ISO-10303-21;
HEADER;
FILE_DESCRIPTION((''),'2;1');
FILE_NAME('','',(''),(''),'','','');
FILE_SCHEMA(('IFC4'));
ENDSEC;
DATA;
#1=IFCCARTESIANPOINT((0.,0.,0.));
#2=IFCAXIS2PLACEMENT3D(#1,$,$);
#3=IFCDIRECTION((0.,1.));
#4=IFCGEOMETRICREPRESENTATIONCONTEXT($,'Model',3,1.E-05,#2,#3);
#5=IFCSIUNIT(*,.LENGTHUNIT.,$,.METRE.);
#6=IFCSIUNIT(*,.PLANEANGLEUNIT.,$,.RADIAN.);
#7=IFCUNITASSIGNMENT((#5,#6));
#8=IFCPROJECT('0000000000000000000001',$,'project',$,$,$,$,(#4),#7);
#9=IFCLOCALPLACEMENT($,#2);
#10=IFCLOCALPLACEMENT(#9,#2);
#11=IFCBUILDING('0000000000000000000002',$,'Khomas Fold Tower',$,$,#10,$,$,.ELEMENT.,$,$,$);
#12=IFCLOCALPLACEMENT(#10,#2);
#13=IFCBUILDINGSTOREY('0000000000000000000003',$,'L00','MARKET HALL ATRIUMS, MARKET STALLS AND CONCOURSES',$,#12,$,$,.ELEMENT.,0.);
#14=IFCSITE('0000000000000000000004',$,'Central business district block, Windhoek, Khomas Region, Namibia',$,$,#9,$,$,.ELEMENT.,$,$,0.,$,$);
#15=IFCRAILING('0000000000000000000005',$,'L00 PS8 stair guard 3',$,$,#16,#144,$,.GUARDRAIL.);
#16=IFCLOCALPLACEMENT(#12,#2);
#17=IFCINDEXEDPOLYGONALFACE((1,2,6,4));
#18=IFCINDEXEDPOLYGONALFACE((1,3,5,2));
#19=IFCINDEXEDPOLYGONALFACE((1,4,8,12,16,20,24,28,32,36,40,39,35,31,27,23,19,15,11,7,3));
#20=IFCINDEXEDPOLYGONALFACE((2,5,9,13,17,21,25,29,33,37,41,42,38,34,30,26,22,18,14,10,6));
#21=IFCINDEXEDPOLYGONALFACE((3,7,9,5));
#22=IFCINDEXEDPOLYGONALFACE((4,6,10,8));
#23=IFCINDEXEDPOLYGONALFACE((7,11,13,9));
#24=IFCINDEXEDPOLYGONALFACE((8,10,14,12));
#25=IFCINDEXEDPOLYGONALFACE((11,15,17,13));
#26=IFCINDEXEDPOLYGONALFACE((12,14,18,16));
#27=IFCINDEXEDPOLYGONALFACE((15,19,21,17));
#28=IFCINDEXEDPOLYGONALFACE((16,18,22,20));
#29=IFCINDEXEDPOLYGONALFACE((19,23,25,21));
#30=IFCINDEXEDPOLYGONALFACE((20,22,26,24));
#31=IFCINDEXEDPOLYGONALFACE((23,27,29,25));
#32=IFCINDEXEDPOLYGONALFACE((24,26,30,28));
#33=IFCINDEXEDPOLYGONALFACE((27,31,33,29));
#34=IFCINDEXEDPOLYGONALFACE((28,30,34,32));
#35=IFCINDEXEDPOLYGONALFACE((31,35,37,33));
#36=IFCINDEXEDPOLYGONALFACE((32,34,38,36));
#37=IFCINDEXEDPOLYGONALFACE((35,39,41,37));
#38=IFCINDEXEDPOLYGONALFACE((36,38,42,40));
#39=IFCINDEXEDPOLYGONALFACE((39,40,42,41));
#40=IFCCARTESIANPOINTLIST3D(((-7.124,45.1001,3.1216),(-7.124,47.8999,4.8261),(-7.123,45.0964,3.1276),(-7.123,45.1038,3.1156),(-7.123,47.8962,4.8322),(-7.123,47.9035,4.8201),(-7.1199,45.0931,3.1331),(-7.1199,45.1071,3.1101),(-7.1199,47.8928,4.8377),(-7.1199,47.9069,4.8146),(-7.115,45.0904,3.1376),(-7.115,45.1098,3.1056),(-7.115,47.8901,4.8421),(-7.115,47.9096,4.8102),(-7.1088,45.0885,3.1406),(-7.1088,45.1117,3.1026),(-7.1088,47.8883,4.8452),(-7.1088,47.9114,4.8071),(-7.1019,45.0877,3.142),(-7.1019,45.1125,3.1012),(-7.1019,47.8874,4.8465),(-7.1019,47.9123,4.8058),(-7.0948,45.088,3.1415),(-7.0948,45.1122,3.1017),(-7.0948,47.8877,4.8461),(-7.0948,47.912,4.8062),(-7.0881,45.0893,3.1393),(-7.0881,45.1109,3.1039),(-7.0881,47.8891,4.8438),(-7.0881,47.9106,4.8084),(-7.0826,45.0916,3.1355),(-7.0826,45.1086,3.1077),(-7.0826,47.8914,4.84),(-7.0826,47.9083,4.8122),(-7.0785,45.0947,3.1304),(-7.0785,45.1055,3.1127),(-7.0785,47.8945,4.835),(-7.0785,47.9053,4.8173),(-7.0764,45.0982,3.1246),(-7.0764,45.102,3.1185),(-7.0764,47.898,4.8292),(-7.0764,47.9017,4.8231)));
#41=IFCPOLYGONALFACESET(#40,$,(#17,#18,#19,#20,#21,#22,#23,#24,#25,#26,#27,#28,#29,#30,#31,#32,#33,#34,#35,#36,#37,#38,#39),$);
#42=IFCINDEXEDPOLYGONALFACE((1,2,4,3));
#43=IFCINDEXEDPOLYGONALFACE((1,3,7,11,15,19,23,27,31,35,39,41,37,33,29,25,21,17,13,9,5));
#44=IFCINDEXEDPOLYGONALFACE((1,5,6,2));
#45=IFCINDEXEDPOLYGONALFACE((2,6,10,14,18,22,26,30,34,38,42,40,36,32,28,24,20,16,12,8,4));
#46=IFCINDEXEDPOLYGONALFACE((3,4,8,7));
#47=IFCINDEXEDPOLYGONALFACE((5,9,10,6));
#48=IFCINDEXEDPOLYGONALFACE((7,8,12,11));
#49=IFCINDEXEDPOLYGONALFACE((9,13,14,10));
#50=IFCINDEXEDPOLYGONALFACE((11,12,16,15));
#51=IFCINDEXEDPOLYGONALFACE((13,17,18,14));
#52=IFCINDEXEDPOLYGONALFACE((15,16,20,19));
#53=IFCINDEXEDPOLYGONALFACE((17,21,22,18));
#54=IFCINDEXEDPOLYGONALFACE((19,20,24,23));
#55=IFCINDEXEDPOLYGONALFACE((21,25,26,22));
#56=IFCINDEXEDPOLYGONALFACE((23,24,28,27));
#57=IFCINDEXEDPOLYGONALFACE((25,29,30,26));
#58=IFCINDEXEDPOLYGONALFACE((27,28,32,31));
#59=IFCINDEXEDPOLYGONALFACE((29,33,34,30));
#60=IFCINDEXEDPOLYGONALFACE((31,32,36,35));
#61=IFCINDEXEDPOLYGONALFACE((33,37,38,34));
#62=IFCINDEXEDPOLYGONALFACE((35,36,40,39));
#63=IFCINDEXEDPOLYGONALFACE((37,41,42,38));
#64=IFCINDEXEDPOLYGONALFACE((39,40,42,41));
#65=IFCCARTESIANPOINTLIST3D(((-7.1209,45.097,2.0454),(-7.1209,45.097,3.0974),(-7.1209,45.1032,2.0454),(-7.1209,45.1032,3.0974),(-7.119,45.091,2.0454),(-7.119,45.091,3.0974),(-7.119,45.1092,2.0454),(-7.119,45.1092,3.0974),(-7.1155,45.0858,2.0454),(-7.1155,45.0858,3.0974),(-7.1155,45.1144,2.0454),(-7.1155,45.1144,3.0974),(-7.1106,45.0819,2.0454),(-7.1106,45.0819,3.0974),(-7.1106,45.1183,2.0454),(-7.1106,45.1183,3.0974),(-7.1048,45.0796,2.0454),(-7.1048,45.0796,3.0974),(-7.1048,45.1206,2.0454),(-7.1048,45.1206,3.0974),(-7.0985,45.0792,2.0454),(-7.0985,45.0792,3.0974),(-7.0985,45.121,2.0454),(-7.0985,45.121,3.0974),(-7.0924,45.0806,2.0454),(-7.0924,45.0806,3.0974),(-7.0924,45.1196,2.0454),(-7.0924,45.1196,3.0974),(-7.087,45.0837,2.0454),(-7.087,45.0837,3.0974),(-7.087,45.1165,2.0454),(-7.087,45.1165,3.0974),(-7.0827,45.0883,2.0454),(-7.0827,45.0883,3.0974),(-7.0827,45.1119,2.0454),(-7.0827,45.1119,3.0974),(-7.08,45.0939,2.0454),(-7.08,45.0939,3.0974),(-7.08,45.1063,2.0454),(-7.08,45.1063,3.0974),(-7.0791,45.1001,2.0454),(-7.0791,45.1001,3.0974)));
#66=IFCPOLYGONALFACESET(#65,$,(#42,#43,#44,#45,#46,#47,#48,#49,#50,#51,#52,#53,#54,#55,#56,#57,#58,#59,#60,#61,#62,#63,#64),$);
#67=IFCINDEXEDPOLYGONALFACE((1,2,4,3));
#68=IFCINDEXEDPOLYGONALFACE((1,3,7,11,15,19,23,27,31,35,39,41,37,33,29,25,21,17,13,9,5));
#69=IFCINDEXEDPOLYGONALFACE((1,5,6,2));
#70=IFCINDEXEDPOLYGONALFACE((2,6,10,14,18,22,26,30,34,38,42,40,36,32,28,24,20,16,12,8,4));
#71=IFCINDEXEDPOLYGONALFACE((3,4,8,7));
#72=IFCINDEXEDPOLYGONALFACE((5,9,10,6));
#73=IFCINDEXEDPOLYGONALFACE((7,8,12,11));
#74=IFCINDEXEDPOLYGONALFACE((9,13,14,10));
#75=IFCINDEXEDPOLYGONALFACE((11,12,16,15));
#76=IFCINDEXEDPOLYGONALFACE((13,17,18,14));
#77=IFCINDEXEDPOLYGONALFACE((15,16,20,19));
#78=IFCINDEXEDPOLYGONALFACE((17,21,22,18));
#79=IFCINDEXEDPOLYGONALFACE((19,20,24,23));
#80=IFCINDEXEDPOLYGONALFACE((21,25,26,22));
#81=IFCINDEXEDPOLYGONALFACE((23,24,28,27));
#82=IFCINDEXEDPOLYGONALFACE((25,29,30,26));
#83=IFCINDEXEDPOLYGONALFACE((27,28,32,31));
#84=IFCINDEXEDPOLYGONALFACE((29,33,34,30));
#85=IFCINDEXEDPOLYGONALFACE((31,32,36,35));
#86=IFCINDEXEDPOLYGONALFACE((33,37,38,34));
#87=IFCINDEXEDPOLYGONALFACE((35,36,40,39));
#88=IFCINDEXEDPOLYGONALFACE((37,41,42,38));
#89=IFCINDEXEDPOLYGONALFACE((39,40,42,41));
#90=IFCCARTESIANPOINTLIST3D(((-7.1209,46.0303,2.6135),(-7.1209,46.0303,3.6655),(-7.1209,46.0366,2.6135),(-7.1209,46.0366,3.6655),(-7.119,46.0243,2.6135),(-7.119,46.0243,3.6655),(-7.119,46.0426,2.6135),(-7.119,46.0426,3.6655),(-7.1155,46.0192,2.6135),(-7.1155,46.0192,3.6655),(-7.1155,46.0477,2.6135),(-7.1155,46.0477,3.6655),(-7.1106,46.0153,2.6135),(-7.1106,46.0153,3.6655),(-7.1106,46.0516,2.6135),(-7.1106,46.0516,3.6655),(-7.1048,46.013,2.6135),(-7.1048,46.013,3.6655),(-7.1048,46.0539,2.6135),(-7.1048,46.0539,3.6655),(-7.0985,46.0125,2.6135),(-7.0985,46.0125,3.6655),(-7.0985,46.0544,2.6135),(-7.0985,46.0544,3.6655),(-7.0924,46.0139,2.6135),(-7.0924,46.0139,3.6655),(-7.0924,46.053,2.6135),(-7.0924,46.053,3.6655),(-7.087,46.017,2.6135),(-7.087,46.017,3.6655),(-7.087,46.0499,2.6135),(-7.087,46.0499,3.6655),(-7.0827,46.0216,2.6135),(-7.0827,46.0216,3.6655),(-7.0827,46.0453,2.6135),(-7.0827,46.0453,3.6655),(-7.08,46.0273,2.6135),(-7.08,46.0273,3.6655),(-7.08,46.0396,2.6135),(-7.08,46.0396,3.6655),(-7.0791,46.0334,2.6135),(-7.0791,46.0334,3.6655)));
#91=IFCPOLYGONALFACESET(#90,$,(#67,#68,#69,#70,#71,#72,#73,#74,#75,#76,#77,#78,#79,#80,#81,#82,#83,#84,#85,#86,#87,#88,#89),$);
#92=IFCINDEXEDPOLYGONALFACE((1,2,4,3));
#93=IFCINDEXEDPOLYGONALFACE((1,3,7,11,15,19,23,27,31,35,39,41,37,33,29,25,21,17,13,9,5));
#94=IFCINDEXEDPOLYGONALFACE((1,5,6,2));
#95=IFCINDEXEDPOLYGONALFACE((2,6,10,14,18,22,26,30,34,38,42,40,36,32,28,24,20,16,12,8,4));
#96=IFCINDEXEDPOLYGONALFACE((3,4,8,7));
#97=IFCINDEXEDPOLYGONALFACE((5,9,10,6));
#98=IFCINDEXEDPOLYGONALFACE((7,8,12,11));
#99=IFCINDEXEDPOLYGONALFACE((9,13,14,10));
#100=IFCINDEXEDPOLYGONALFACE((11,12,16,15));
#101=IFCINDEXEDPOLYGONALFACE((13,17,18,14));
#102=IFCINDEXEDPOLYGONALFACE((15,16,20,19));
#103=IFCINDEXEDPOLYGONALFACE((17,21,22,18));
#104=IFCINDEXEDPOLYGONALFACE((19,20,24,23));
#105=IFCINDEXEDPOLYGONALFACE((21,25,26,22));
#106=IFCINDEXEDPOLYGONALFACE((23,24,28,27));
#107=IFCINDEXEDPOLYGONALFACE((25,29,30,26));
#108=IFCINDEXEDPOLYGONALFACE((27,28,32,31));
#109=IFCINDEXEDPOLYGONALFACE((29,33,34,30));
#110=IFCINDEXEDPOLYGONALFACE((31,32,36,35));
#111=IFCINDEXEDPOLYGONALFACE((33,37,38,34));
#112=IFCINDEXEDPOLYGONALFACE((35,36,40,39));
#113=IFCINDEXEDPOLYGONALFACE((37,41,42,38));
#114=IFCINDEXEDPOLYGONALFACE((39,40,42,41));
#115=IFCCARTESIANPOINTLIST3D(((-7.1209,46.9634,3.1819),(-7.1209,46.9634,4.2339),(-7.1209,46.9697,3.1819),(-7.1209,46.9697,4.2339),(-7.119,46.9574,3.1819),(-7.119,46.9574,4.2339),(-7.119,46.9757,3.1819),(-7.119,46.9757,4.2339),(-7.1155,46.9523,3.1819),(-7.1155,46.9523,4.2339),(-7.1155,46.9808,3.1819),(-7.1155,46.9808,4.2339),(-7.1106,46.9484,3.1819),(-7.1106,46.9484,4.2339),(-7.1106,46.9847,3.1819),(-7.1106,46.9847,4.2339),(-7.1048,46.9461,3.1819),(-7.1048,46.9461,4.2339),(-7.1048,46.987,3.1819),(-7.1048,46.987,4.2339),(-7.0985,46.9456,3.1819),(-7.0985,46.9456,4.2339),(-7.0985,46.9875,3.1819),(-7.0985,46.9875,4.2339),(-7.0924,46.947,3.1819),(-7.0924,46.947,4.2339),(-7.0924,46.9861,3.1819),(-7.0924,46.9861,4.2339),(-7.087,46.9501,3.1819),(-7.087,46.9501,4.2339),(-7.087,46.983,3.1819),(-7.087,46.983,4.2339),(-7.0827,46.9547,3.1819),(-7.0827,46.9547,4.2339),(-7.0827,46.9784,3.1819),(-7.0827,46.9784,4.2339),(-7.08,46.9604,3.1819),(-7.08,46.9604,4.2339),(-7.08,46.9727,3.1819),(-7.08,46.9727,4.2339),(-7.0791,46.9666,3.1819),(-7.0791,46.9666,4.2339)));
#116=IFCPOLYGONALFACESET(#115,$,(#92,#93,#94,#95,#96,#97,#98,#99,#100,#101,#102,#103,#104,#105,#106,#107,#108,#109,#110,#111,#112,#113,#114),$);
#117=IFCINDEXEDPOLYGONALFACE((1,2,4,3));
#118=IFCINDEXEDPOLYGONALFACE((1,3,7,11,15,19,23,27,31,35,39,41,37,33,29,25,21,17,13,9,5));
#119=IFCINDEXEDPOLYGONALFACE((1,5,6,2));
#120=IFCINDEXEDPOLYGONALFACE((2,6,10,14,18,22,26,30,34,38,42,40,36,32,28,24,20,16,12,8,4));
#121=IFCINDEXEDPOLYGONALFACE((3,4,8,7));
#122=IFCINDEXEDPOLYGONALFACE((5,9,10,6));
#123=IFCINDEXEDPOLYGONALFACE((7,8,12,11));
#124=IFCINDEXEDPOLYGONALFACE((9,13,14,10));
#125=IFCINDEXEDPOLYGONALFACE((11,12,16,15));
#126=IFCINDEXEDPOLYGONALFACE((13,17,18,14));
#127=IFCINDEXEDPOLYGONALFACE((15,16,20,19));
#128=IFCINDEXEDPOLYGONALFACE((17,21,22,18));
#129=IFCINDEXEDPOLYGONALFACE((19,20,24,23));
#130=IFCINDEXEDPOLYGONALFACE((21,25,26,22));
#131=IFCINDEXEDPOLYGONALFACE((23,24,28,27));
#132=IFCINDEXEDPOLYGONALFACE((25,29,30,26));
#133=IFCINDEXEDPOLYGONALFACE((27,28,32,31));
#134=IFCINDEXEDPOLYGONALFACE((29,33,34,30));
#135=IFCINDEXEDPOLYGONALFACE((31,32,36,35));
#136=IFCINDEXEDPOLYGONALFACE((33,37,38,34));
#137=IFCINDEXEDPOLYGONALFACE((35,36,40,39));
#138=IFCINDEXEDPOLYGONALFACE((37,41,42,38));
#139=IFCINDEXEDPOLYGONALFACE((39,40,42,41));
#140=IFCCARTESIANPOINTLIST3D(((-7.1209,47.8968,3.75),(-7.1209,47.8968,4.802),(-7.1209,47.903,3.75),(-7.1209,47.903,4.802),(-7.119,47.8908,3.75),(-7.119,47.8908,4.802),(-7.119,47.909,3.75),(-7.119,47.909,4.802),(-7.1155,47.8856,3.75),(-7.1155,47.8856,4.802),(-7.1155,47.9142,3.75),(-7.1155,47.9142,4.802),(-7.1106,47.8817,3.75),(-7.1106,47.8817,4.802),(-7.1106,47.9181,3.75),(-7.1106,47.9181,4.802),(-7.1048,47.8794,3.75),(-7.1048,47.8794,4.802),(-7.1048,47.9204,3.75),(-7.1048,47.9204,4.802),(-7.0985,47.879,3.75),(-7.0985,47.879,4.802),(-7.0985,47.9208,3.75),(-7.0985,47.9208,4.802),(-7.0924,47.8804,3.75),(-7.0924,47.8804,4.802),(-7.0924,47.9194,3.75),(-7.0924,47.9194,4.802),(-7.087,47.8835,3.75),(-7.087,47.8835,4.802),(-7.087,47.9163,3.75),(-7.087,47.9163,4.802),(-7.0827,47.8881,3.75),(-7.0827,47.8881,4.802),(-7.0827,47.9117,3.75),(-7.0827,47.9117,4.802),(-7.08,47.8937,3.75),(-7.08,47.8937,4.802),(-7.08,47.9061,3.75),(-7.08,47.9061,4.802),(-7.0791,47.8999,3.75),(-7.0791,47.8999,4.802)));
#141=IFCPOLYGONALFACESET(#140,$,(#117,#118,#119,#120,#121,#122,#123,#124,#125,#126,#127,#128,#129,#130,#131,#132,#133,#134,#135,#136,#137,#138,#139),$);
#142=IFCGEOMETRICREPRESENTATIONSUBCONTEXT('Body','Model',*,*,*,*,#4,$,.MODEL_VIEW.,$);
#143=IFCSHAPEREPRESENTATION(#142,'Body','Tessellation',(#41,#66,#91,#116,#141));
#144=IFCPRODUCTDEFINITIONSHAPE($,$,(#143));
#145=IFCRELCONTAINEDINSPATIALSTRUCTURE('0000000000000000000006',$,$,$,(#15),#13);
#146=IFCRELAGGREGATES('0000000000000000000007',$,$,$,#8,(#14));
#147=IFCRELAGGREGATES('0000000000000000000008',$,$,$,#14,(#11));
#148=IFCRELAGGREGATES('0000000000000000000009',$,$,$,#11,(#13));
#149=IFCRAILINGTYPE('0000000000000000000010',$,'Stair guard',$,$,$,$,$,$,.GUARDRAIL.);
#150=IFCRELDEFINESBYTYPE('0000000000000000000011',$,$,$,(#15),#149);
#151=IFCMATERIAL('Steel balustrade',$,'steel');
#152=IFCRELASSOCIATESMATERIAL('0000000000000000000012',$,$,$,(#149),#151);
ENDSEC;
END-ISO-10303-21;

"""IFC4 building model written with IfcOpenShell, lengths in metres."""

from ifc_helpers import new_model, si_unit, direction, frame, origin, origin_2d, place, context, subcontext, project, spatial, circle, extrude, source, transform, mapped, material, type_object, element, save


model = new_model("IFC4")

# Units and contexts
model_context = context("Model", 3, precision=1e-05, world=origin(), true_north=direction((0.0, 1.0)))
body_context = subcontext(model_context, "Body", "Model", "MODEL_VIEW")
ifc_project = project(units=[si_unit("LENGTHUNIT", "METRE"), si_unit("PLANEANGLEUNIT", "RADIAN")], contexts=[model_context])

# Site, building, storey
site_placement = place(None, origin())
site = spatial("IfcSite", under=ifc_project, at=site_placement, Name="Central business district block, Windhoek, Khomas Region, Namibia", CompositionType="ELEMENT", RefElevation=0.0)
building_placement = place(site_placement, origin())
building = spatial("IfcBuilding", under=site, at=building_placement, Name="Khomas Fold Tower", CompositionType="ELEMENT")
storey_placement = place(building_placement, origin())
storey = spatial("IfcBuildingStorey", under=building, at=storey_placement, Name="L00", Description="MARKET HALL ATRIUMS, MARKET STALLS AND CONCOURSES", CompositionType="ELEMENT", Elevation=0.0)

# Railing
ifc_material_1 = material(Name="Steel balustrade", Category="steel")
railing_type = type_object("IfcRailingType", Name="Stair guard", PredefinedType="GUARDRAIL", material=ifc_material_1)
shared_shape_1 = source(origin(), body_context, "Body", "SweptSolid", [
    extrude(circle(Radius=0.0239, at=origin_2d()), frame((0.0, 0.0, 1.0762), z_axis=(0.0, 0.85415, 0.520027), x_axis=(-1.0, 0.0, 0.0)), (0.0, 0.0, 1.0), 3.2778),
    extrude(circle(Radius=0.021, at=origin_2d()), origin(), (0.0, 0.0, 1.0), 1.052),
    extrude(circle(Radius=0.021, at=origin_2d()), frame((0.0, 0.9333, 0.5681)), (0.0, 0.0, 1.0), 1.052),
    extrude(circle(Radius=0.021, at=origin_2d()), frame((0.0, 1.8665, 1.1365)), (0.0, 0.0, 1.0), 1.052),
    extrude(circle(Radius=0.021, at=origin_2d()), frame((0.0, 2.7998, 1.7046)), (0.0, 0.0, 1.0), 1.052),
])
railing_placement = place(storey_placement, frame((-7.1001, 45.1001, 2.0454)))
element("IfcRailing", 1, at=railing_placement, inside=storey, type_object=railing_type, Name="L00 PS8 stair guard 3", PredefinedType="GUARDRAIL", context=body_context, shape_type="MappedRepresentation", body=[
    mapped(shared_shape_1, transform((0.0, 0.0, 0.0))),
])

save(model, "model.ifc")
